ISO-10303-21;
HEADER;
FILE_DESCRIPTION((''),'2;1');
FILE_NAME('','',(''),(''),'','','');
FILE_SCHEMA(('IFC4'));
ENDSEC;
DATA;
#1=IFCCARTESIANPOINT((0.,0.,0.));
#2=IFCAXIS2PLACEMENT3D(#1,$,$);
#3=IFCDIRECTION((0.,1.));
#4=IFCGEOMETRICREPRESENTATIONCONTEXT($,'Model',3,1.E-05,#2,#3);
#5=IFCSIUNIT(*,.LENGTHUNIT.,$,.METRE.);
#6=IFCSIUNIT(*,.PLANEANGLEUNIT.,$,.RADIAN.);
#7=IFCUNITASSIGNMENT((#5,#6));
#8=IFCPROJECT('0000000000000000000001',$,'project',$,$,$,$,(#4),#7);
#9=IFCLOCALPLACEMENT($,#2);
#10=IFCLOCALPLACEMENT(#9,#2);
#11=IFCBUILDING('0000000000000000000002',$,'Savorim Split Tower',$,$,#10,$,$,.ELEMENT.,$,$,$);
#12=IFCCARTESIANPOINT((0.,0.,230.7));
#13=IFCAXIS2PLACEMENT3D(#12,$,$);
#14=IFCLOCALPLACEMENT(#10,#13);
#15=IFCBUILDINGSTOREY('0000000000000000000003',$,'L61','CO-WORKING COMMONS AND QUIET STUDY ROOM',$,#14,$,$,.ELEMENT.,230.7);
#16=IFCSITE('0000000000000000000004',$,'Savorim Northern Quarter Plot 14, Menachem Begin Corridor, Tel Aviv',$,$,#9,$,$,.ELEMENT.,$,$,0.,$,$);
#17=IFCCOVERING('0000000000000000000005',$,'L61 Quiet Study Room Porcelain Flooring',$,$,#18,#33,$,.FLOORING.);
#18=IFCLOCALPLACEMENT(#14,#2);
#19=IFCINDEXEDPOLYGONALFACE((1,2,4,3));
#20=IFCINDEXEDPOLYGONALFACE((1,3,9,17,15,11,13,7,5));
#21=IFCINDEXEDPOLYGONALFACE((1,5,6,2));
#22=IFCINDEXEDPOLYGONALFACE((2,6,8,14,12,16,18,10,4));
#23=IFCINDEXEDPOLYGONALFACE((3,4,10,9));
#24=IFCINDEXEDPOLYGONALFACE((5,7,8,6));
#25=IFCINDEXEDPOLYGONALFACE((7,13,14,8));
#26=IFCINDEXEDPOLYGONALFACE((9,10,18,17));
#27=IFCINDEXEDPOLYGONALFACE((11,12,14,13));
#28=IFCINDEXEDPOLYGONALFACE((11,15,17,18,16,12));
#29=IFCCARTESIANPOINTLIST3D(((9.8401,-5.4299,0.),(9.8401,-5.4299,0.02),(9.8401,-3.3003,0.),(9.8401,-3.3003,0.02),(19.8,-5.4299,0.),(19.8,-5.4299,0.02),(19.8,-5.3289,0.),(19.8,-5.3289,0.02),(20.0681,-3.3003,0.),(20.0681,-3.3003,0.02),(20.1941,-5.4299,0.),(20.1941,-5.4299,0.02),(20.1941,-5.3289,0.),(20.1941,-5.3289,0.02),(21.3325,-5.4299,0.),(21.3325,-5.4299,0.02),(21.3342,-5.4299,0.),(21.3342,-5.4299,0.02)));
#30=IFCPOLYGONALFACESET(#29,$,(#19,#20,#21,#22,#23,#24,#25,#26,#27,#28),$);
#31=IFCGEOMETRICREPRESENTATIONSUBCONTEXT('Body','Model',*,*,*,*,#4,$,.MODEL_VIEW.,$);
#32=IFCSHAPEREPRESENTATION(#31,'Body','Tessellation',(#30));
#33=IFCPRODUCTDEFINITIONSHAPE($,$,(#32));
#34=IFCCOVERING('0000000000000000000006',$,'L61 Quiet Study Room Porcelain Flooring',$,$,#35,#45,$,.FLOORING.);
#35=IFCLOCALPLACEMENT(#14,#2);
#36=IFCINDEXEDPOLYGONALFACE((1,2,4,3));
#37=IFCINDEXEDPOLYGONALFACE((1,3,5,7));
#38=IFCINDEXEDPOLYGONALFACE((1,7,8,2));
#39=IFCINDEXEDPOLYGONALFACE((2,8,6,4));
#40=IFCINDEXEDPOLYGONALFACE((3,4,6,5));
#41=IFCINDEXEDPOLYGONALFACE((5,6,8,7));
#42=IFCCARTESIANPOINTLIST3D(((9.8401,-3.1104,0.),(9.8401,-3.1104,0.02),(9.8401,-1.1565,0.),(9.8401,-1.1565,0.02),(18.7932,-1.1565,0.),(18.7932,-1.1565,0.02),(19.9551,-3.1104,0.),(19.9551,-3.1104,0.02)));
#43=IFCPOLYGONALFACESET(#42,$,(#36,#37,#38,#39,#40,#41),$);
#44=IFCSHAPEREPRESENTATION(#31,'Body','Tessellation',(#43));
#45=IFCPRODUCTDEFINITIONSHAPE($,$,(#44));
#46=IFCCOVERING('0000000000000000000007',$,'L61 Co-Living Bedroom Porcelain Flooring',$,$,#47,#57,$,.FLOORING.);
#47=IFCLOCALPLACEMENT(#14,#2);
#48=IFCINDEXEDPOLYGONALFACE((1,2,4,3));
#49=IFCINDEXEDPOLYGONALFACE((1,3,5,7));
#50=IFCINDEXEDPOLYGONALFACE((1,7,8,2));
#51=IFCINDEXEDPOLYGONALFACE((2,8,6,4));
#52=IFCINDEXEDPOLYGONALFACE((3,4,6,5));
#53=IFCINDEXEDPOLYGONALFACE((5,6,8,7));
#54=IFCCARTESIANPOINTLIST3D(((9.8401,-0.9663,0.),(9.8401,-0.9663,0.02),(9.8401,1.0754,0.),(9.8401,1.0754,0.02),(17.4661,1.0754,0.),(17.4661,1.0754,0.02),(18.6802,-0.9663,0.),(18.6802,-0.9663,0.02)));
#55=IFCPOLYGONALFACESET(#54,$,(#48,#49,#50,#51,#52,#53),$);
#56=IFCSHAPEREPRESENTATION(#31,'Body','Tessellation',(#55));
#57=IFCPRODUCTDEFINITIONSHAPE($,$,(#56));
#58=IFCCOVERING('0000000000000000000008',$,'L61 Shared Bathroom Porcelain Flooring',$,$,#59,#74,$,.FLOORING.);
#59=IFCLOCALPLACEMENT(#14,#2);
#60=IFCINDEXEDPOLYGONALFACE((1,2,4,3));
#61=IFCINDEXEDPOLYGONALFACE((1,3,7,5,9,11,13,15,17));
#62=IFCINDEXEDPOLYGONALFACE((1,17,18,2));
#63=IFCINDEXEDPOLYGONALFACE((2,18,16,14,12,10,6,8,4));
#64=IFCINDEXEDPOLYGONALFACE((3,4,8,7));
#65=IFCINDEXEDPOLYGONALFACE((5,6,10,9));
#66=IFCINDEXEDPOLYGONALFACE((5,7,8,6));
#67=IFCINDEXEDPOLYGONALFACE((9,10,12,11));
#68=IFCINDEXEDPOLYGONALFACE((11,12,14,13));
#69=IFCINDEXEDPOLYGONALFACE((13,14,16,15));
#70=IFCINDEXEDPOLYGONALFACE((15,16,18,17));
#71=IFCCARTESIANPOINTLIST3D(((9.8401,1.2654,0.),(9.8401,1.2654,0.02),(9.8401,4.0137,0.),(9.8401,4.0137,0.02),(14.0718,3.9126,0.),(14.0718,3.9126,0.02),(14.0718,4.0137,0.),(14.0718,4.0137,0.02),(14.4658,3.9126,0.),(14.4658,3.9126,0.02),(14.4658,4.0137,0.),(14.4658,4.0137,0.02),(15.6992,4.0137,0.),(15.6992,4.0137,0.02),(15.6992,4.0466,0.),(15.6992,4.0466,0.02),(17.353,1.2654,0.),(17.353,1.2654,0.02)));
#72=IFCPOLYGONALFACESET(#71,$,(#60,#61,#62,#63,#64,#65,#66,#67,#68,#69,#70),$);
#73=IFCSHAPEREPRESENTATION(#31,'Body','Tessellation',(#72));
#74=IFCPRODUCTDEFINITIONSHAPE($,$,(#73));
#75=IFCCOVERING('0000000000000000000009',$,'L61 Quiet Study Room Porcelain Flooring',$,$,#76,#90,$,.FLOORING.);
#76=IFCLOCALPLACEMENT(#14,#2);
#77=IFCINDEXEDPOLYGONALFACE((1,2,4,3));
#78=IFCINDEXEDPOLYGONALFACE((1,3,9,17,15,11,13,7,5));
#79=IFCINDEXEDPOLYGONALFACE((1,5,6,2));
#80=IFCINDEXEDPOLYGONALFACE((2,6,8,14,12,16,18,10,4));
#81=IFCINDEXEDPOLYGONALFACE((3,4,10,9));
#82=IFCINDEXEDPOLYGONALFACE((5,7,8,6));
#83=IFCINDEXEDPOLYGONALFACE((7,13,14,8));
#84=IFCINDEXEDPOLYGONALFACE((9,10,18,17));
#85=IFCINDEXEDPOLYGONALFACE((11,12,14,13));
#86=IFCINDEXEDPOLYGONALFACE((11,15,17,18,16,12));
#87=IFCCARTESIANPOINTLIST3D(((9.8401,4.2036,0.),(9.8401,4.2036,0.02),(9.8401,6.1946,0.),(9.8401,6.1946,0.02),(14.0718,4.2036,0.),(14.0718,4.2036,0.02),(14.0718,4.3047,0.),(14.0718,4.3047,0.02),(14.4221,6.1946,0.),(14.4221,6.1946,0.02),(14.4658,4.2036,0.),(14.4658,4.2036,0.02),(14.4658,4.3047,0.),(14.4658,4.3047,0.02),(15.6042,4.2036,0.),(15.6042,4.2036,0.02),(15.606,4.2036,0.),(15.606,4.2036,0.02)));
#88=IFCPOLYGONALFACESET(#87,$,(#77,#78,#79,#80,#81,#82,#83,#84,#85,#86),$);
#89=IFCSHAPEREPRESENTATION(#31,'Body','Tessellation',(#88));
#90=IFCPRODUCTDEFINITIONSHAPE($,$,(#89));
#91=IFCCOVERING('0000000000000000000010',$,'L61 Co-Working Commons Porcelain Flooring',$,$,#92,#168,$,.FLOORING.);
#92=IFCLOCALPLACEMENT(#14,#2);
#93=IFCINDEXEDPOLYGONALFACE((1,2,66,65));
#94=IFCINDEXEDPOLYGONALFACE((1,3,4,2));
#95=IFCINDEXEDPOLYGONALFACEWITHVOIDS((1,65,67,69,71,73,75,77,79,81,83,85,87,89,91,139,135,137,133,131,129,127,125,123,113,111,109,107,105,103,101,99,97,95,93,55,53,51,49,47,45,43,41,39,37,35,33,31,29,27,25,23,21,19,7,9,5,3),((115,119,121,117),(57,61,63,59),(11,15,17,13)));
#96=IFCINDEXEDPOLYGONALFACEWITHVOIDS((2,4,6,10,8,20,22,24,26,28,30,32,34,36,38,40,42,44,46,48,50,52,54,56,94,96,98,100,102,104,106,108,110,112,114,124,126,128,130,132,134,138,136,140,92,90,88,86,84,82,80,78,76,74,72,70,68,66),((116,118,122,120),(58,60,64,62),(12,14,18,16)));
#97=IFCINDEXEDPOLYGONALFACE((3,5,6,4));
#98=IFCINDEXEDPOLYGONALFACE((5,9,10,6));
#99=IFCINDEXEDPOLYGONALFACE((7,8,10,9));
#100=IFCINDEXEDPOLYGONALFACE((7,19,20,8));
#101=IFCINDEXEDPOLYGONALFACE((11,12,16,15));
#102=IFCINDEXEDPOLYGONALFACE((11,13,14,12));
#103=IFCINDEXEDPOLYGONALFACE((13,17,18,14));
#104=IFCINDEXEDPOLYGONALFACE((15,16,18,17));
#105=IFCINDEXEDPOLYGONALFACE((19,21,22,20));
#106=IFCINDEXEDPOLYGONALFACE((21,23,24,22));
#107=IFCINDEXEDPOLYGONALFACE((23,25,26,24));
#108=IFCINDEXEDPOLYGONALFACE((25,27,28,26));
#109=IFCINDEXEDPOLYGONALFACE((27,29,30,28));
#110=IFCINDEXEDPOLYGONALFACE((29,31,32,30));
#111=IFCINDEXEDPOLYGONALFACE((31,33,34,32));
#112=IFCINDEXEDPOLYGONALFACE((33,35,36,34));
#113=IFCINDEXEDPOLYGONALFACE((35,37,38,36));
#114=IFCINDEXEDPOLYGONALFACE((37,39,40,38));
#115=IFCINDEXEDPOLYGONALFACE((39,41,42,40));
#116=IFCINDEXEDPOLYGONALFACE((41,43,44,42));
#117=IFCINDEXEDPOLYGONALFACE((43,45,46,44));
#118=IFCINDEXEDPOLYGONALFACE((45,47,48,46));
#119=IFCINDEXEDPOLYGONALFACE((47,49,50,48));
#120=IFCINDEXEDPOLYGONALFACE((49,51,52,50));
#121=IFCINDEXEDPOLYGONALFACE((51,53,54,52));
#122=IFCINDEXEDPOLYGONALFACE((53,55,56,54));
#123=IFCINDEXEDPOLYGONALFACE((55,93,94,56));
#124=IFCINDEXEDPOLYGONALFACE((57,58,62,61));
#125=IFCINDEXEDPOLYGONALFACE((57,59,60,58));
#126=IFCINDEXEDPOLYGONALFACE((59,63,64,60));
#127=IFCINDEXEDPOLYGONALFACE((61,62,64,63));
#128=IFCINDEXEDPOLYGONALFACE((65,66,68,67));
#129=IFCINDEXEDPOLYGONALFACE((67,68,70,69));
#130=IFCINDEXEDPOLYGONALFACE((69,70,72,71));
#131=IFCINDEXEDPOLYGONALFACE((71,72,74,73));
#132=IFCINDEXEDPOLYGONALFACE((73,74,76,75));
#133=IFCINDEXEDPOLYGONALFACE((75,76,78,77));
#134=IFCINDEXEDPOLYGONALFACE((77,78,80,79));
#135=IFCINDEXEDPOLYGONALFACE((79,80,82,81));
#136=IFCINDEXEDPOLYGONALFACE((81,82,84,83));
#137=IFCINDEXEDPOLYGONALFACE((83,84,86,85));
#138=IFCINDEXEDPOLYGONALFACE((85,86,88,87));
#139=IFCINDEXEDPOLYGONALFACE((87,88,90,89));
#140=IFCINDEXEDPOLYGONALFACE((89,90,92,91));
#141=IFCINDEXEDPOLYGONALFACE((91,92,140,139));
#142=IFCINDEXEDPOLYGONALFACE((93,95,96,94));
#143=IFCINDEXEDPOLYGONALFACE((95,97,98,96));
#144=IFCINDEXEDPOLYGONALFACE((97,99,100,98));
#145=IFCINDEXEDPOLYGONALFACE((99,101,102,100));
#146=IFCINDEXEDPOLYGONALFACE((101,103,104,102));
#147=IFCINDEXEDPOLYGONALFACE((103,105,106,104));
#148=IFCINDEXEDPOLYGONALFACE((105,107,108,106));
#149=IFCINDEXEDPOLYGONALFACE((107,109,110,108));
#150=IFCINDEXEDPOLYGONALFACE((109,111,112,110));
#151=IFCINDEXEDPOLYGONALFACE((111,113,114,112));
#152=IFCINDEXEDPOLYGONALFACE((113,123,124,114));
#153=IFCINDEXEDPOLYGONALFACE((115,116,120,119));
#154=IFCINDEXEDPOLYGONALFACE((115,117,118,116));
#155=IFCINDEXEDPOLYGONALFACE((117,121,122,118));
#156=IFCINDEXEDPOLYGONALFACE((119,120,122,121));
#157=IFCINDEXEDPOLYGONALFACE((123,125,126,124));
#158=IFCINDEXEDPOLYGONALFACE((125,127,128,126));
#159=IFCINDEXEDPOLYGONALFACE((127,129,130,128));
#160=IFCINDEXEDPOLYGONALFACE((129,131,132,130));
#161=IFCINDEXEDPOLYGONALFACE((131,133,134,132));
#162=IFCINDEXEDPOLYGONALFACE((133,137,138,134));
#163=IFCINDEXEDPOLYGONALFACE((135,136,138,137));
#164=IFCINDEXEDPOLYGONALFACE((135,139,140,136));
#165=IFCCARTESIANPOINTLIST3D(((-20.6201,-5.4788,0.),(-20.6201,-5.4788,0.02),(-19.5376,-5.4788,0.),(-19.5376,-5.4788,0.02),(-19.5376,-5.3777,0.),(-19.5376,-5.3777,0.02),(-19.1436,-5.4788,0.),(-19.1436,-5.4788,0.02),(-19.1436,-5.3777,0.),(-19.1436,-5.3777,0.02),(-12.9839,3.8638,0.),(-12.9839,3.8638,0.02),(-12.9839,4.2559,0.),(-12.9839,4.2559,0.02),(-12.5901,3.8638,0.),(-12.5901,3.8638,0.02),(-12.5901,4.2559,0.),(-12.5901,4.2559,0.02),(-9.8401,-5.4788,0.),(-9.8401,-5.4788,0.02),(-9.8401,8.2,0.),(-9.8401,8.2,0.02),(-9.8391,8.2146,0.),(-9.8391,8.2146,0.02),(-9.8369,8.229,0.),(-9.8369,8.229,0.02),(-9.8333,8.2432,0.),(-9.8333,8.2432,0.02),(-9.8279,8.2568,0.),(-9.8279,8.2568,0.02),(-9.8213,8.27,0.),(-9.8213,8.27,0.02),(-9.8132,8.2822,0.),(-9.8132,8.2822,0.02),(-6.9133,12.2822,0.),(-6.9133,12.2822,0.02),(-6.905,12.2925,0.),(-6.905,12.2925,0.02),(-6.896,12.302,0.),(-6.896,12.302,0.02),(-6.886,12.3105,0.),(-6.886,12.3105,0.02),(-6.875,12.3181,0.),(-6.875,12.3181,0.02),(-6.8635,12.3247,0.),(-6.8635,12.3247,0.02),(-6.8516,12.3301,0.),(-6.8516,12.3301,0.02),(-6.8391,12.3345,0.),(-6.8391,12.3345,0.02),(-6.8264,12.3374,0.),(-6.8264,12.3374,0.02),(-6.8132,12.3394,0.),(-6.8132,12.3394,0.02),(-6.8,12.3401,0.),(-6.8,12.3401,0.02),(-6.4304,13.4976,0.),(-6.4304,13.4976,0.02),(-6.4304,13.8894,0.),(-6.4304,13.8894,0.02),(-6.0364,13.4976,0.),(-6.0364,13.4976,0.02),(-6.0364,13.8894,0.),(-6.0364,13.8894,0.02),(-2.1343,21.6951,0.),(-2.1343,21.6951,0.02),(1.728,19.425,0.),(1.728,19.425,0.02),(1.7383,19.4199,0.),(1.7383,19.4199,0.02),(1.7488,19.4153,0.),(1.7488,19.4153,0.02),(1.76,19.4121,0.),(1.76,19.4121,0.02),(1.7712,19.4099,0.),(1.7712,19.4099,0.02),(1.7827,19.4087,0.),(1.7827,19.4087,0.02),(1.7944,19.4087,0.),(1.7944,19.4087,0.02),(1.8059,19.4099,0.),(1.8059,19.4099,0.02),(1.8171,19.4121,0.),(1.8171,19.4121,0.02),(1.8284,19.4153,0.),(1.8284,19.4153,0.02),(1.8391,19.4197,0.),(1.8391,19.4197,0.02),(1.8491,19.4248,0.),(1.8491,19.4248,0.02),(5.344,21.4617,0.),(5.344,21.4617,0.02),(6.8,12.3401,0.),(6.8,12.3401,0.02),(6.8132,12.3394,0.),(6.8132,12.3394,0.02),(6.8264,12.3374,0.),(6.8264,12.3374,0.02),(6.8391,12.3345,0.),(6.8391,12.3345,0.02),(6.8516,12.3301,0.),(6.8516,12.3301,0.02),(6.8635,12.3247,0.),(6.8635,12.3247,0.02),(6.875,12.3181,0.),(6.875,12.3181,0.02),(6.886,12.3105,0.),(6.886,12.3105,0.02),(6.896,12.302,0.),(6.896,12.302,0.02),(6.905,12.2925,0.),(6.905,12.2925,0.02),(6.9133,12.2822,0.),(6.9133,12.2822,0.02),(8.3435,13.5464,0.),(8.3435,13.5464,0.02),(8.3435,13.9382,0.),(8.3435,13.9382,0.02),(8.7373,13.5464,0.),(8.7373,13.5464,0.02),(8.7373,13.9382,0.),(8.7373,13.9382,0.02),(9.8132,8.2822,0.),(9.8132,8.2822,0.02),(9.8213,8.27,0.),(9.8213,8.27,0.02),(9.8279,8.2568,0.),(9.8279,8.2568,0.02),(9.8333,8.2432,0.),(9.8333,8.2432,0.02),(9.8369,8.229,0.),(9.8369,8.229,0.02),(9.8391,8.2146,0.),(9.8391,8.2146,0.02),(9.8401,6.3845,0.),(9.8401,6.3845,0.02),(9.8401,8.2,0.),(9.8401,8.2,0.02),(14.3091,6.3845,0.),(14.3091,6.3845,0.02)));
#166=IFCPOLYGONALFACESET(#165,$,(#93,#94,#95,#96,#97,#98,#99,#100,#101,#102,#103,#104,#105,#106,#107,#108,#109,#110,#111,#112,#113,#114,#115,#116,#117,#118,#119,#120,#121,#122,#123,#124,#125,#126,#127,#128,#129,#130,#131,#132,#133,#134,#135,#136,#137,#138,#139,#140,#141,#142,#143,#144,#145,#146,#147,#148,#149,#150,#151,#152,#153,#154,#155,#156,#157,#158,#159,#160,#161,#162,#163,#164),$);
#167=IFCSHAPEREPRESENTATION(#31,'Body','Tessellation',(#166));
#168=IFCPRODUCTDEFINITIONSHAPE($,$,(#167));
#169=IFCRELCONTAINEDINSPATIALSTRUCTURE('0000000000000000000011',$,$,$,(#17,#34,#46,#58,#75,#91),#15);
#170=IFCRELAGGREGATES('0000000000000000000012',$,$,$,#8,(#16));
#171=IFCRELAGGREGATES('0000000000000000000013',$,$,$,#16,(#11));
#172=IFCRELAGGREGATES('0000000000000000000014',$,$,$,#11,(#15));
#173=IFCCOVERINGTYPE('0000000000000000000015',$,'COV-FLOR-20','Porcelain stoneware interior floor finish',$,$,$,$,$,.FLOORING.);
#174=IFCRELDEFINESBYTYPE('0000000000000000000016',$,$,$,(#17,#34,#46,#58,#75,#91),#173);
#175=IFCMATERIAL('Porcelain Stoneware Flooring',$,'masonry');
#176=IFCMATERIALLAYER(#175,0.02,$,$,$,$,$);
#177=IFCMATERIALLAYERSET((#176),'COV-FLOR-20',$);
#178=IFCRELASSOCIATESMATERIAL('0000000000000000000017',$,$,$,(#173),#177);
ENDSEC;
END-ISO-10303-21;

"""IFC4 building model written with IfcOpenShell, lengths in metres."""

from ifc_helpers import new_model, si_unit, direction, frame, origin, place, context, subcontext, project, spatial, polyline, outline, extrude, material, layer, layer_set, type_object, element, save


model = new_model("IFC4")

# Units and contexts
model_context = context("Model", 3, precision=1e-05, world=origin(), true_north=direction((0.0, 1.0)))
body_context = subcontext(model_context, "Body", "Model", "MODEL_VIEW")
ifc_project = project(units=[si_unit("LENGTHUNIT", "METRE"), si_unit("PLANEANGLEUNIT", "RADIAN")], contexts=[model_context])

# Site, building, storey
site_placement = place(None, origin())
site = spatial("IfcSite", under=ifc_project, at=site_placement, Name="Savorim Northern Quarter Plot 14, Menachem Begin Corridor, Tel Aviv", CompositionType="ELEMENT", RefElevation=0.0)
building_placement = place(site_placement, origin())
building = spatial("IfcBuilding", under=site, at=building_placement, Name="Savorim Split Tower", CompositionType="ELEMENT")
storey_placement = place(building_placement, frame((0.0, 0.0, 230.7)))
storey = spatial("IfcBuildingStorey", under=building, at=storey_placement, Name="L61", Description="CO-WORKING COMMONS AND QUIET STUDY ROOM", CompositionType="ELEMENT", Elevation=230.7)

# Coverings
ifc_material_1 = material(Name="Porcelain Stoneware Flooring", Category="masonry")
ifc_layer_1 = layer(ifc_material_1, 0.02)
ifc_layer_set_1 = layer_set([ifc_layer_1], Name="COV-FLOR-20")
covering_type_1 = type_object("IfcCoveringType", Name="COV-FLOR-20", Description="Porcelain stoneware interior floor finish", PredefinedType="FLOORING", material=ifc_layer_set_1)
covering_1_placement = place(storey_placement, origin())
element("IfcCovering", 1, at=covering_1_placement, inside=storey, type_object=covering_type_1, Name="L61 Quiet Study Room Porcelain Flooring", PredefinedType="FLOORING", context=body_context, shape_type="SweptSolid", body=[
    extrude(outline(polyline([(20.1941, -5.3289), (20.1941, -5.4299), (21.3325, -5.4299), (21.3342, -5.4299), (20.0681, -3.3003), (9.8401, -3.3003), (9.8401, -5.4299), (19.8, -5.4299), (19.8, -5.3289), (20.1941, -5.3289)])), origin(), (0.0, 0.0, 1.0), 0.02),
])
covering_2_placement = place(storey_placement, origin())
element("IfcCovering", 2, at=covering_2_placement, inside=storey, type_object=covering_type_1, Name="L61 Quiet Study Room Porcelain Flooring", PredefinedType="FLOORING", context=body_context, shape_type="SweptSolid", body=[
    extrude(outline(polyline([(19.9551, -3.1104), (18.7932, -1.1565), (9.8401, -1.1565), (9.8401, -3.1104), (19.9551, -3.1104)])), origin(), (0.0, 0.0, 1.0), 0.02),
])
covering_3_placement = place(storey_placement, origin())
element("IfcCovering", 3, at=covering_3_placement, inside=storey, type_object=covering_type_1, Name="L61 Co-Living Bedroom Porcelain Flooring", PredefinedType="FLOORING", context=body_context, shape_type="SweptSolid", body=[
    extrude(outline(polyline([(18.6802, -0.9663), (17.4661, 1.0754), (9.8401, 1.0754), (9.8401, -0.9663), (18.6802, -0.9663)])), origin(), (0.0, 0.0, 1.0), 0.02),
])
covering_4_placement = place(storey_placement, origin())
element("IfcCovering", 4, at=covering_4_placement, inside=storey, type_object=covering_type_1, Name="L61 Shared Bathroom Porcelain Flooring", PredefinedType="FLOORING", context=body_context, shape_type="SweptSolid", body=[
    extrude(outline(polyline([(14.0718, 3.9126), (14.0718, 4.0137), (9.8401, 4.0137), (9.8401, 1.2654), (17.353, 1.2654), (15.6992, 4.0466), (15.6992, 4.0137), (14.4658, 4.0137), (14.4658, 3.9126), (14.0718, 3.9126)])), origin(), (0.0, 0.0, 1.0), 0.02),
])
covering_5_placement = place(storey_placement, origin())
element("IfcCovering", 5, at=covering_5_placement, inside=storey, type_object=covering_type_1, Name="L61 Quiet Study Room Porcelain Flooring", PredefinedType="FLOORING", context=body_context, shape_type="SweptSolid", body=[
    extrude(outline(polyline([(14.4658, 4.2036), (15.6042, 4.2036), (15.606, 4.2036), (14.4221, 6.1946), (9.8401, 6.1946), (9.8401, 4.2036), (14.0718, 4.2036), (14.0718, 4.3047), (14.4658, 4.3047), (14.4658, 4.2036)])), origin(), (0.0, 0.0, 1.0), 0.02),
])
covering_6_placement = place(storey_placement, origin())
element("IfcCovering", 6, at=covering_6_placement, inside=storey, type_object=covering_type_1, Name="L61 Co-Working Commons Porcelain Flooring", PredefinedType="FLOORING", context=body_context, shape_type="SweptSolid", body=[
    extrude(outline(polyline([(1.7488, 19.4153), (1.7383, 19.4199), (1.728, 19.425), (-2.1343, 21.6951), (-20.6201, -5.4788), (-19.5376, -5.4788), (-19.5376, -5.3777), (-19.1436, -5.3777), (-19.1436, -5.4788), (-9.8401, -5.4788), (-9.8401, 8.2), (-9.8391, 8.2146), (-9.8369, 8.229), (-9.8333, 8.2432), (-9.8279, 8.2568), (-9.8213, 8.27), (-9.8132, 8.2822), (-6.9133, 12.2822), (-6.905, 12.2925), (-6.896, 12.302), (-6.886, 12.3105), (-6.875, 12.3181), (-6.8635, 12.3247), (-6.8516, 12.3301), (-6.8391, 12.3345), (-6.8264, 12.3374), (-6.8132, 12.3394), (-6.8, 12.3401), (6.8, 12.3401), (6.8132, 12.3394), (6.8264, 12.3374), (6.8391, 12.3345), (6.8516, 12.3301), (6.8635, 12.3247), (6.875, 12.3181), (6.886, 12.3105), (6.896, 12.302), (6.905, 12.2925), (6.9133, 12.2822), (9.8132, 8.2822), (9.8213, 8.27), (9.8279, 8.2568), (9.8333, 8.2432), (9.8369, 8.229), (9.8391, 8.2146), (9.8401, 8.2), (9.8401, 6.3845), (14.3091, 6.3845), (5.344, 21.4617), (1.8491, 19.4248), (1.8391, 19.4197), (1.8284, 19.4153), (1.8171, 19.4121), (1.8059, 19.4099), (1.7944, 19.4087), (1.7827, 19.4087), (1.7712, 19.4099), (1.76, 19.4121), (1.7488, 19.4153)]), holes=[polyline([(8.7373, 13.9382), (8.3435, 13.9382), (8.3435, 13.5464), (8.7373, 13.5464), (8.7373, 13.9382)]), polyline([(-6.0364, 13.8894), (-6.4304, 13.8894), (-6.4304, 13.4976), (-6.0364, 13.4976), (-6.0364, 13.8894)]), polyline([(-12.9839, 4.2559), (-12.9839, 3.8638), (-12.5901, 3.8638), (-12.5901, 4.2559), (-12.9839, 4.2559)])]), origin(), (0.0, 0.0, 1.0), 0.02),
])

save(model, "model.ifc")
